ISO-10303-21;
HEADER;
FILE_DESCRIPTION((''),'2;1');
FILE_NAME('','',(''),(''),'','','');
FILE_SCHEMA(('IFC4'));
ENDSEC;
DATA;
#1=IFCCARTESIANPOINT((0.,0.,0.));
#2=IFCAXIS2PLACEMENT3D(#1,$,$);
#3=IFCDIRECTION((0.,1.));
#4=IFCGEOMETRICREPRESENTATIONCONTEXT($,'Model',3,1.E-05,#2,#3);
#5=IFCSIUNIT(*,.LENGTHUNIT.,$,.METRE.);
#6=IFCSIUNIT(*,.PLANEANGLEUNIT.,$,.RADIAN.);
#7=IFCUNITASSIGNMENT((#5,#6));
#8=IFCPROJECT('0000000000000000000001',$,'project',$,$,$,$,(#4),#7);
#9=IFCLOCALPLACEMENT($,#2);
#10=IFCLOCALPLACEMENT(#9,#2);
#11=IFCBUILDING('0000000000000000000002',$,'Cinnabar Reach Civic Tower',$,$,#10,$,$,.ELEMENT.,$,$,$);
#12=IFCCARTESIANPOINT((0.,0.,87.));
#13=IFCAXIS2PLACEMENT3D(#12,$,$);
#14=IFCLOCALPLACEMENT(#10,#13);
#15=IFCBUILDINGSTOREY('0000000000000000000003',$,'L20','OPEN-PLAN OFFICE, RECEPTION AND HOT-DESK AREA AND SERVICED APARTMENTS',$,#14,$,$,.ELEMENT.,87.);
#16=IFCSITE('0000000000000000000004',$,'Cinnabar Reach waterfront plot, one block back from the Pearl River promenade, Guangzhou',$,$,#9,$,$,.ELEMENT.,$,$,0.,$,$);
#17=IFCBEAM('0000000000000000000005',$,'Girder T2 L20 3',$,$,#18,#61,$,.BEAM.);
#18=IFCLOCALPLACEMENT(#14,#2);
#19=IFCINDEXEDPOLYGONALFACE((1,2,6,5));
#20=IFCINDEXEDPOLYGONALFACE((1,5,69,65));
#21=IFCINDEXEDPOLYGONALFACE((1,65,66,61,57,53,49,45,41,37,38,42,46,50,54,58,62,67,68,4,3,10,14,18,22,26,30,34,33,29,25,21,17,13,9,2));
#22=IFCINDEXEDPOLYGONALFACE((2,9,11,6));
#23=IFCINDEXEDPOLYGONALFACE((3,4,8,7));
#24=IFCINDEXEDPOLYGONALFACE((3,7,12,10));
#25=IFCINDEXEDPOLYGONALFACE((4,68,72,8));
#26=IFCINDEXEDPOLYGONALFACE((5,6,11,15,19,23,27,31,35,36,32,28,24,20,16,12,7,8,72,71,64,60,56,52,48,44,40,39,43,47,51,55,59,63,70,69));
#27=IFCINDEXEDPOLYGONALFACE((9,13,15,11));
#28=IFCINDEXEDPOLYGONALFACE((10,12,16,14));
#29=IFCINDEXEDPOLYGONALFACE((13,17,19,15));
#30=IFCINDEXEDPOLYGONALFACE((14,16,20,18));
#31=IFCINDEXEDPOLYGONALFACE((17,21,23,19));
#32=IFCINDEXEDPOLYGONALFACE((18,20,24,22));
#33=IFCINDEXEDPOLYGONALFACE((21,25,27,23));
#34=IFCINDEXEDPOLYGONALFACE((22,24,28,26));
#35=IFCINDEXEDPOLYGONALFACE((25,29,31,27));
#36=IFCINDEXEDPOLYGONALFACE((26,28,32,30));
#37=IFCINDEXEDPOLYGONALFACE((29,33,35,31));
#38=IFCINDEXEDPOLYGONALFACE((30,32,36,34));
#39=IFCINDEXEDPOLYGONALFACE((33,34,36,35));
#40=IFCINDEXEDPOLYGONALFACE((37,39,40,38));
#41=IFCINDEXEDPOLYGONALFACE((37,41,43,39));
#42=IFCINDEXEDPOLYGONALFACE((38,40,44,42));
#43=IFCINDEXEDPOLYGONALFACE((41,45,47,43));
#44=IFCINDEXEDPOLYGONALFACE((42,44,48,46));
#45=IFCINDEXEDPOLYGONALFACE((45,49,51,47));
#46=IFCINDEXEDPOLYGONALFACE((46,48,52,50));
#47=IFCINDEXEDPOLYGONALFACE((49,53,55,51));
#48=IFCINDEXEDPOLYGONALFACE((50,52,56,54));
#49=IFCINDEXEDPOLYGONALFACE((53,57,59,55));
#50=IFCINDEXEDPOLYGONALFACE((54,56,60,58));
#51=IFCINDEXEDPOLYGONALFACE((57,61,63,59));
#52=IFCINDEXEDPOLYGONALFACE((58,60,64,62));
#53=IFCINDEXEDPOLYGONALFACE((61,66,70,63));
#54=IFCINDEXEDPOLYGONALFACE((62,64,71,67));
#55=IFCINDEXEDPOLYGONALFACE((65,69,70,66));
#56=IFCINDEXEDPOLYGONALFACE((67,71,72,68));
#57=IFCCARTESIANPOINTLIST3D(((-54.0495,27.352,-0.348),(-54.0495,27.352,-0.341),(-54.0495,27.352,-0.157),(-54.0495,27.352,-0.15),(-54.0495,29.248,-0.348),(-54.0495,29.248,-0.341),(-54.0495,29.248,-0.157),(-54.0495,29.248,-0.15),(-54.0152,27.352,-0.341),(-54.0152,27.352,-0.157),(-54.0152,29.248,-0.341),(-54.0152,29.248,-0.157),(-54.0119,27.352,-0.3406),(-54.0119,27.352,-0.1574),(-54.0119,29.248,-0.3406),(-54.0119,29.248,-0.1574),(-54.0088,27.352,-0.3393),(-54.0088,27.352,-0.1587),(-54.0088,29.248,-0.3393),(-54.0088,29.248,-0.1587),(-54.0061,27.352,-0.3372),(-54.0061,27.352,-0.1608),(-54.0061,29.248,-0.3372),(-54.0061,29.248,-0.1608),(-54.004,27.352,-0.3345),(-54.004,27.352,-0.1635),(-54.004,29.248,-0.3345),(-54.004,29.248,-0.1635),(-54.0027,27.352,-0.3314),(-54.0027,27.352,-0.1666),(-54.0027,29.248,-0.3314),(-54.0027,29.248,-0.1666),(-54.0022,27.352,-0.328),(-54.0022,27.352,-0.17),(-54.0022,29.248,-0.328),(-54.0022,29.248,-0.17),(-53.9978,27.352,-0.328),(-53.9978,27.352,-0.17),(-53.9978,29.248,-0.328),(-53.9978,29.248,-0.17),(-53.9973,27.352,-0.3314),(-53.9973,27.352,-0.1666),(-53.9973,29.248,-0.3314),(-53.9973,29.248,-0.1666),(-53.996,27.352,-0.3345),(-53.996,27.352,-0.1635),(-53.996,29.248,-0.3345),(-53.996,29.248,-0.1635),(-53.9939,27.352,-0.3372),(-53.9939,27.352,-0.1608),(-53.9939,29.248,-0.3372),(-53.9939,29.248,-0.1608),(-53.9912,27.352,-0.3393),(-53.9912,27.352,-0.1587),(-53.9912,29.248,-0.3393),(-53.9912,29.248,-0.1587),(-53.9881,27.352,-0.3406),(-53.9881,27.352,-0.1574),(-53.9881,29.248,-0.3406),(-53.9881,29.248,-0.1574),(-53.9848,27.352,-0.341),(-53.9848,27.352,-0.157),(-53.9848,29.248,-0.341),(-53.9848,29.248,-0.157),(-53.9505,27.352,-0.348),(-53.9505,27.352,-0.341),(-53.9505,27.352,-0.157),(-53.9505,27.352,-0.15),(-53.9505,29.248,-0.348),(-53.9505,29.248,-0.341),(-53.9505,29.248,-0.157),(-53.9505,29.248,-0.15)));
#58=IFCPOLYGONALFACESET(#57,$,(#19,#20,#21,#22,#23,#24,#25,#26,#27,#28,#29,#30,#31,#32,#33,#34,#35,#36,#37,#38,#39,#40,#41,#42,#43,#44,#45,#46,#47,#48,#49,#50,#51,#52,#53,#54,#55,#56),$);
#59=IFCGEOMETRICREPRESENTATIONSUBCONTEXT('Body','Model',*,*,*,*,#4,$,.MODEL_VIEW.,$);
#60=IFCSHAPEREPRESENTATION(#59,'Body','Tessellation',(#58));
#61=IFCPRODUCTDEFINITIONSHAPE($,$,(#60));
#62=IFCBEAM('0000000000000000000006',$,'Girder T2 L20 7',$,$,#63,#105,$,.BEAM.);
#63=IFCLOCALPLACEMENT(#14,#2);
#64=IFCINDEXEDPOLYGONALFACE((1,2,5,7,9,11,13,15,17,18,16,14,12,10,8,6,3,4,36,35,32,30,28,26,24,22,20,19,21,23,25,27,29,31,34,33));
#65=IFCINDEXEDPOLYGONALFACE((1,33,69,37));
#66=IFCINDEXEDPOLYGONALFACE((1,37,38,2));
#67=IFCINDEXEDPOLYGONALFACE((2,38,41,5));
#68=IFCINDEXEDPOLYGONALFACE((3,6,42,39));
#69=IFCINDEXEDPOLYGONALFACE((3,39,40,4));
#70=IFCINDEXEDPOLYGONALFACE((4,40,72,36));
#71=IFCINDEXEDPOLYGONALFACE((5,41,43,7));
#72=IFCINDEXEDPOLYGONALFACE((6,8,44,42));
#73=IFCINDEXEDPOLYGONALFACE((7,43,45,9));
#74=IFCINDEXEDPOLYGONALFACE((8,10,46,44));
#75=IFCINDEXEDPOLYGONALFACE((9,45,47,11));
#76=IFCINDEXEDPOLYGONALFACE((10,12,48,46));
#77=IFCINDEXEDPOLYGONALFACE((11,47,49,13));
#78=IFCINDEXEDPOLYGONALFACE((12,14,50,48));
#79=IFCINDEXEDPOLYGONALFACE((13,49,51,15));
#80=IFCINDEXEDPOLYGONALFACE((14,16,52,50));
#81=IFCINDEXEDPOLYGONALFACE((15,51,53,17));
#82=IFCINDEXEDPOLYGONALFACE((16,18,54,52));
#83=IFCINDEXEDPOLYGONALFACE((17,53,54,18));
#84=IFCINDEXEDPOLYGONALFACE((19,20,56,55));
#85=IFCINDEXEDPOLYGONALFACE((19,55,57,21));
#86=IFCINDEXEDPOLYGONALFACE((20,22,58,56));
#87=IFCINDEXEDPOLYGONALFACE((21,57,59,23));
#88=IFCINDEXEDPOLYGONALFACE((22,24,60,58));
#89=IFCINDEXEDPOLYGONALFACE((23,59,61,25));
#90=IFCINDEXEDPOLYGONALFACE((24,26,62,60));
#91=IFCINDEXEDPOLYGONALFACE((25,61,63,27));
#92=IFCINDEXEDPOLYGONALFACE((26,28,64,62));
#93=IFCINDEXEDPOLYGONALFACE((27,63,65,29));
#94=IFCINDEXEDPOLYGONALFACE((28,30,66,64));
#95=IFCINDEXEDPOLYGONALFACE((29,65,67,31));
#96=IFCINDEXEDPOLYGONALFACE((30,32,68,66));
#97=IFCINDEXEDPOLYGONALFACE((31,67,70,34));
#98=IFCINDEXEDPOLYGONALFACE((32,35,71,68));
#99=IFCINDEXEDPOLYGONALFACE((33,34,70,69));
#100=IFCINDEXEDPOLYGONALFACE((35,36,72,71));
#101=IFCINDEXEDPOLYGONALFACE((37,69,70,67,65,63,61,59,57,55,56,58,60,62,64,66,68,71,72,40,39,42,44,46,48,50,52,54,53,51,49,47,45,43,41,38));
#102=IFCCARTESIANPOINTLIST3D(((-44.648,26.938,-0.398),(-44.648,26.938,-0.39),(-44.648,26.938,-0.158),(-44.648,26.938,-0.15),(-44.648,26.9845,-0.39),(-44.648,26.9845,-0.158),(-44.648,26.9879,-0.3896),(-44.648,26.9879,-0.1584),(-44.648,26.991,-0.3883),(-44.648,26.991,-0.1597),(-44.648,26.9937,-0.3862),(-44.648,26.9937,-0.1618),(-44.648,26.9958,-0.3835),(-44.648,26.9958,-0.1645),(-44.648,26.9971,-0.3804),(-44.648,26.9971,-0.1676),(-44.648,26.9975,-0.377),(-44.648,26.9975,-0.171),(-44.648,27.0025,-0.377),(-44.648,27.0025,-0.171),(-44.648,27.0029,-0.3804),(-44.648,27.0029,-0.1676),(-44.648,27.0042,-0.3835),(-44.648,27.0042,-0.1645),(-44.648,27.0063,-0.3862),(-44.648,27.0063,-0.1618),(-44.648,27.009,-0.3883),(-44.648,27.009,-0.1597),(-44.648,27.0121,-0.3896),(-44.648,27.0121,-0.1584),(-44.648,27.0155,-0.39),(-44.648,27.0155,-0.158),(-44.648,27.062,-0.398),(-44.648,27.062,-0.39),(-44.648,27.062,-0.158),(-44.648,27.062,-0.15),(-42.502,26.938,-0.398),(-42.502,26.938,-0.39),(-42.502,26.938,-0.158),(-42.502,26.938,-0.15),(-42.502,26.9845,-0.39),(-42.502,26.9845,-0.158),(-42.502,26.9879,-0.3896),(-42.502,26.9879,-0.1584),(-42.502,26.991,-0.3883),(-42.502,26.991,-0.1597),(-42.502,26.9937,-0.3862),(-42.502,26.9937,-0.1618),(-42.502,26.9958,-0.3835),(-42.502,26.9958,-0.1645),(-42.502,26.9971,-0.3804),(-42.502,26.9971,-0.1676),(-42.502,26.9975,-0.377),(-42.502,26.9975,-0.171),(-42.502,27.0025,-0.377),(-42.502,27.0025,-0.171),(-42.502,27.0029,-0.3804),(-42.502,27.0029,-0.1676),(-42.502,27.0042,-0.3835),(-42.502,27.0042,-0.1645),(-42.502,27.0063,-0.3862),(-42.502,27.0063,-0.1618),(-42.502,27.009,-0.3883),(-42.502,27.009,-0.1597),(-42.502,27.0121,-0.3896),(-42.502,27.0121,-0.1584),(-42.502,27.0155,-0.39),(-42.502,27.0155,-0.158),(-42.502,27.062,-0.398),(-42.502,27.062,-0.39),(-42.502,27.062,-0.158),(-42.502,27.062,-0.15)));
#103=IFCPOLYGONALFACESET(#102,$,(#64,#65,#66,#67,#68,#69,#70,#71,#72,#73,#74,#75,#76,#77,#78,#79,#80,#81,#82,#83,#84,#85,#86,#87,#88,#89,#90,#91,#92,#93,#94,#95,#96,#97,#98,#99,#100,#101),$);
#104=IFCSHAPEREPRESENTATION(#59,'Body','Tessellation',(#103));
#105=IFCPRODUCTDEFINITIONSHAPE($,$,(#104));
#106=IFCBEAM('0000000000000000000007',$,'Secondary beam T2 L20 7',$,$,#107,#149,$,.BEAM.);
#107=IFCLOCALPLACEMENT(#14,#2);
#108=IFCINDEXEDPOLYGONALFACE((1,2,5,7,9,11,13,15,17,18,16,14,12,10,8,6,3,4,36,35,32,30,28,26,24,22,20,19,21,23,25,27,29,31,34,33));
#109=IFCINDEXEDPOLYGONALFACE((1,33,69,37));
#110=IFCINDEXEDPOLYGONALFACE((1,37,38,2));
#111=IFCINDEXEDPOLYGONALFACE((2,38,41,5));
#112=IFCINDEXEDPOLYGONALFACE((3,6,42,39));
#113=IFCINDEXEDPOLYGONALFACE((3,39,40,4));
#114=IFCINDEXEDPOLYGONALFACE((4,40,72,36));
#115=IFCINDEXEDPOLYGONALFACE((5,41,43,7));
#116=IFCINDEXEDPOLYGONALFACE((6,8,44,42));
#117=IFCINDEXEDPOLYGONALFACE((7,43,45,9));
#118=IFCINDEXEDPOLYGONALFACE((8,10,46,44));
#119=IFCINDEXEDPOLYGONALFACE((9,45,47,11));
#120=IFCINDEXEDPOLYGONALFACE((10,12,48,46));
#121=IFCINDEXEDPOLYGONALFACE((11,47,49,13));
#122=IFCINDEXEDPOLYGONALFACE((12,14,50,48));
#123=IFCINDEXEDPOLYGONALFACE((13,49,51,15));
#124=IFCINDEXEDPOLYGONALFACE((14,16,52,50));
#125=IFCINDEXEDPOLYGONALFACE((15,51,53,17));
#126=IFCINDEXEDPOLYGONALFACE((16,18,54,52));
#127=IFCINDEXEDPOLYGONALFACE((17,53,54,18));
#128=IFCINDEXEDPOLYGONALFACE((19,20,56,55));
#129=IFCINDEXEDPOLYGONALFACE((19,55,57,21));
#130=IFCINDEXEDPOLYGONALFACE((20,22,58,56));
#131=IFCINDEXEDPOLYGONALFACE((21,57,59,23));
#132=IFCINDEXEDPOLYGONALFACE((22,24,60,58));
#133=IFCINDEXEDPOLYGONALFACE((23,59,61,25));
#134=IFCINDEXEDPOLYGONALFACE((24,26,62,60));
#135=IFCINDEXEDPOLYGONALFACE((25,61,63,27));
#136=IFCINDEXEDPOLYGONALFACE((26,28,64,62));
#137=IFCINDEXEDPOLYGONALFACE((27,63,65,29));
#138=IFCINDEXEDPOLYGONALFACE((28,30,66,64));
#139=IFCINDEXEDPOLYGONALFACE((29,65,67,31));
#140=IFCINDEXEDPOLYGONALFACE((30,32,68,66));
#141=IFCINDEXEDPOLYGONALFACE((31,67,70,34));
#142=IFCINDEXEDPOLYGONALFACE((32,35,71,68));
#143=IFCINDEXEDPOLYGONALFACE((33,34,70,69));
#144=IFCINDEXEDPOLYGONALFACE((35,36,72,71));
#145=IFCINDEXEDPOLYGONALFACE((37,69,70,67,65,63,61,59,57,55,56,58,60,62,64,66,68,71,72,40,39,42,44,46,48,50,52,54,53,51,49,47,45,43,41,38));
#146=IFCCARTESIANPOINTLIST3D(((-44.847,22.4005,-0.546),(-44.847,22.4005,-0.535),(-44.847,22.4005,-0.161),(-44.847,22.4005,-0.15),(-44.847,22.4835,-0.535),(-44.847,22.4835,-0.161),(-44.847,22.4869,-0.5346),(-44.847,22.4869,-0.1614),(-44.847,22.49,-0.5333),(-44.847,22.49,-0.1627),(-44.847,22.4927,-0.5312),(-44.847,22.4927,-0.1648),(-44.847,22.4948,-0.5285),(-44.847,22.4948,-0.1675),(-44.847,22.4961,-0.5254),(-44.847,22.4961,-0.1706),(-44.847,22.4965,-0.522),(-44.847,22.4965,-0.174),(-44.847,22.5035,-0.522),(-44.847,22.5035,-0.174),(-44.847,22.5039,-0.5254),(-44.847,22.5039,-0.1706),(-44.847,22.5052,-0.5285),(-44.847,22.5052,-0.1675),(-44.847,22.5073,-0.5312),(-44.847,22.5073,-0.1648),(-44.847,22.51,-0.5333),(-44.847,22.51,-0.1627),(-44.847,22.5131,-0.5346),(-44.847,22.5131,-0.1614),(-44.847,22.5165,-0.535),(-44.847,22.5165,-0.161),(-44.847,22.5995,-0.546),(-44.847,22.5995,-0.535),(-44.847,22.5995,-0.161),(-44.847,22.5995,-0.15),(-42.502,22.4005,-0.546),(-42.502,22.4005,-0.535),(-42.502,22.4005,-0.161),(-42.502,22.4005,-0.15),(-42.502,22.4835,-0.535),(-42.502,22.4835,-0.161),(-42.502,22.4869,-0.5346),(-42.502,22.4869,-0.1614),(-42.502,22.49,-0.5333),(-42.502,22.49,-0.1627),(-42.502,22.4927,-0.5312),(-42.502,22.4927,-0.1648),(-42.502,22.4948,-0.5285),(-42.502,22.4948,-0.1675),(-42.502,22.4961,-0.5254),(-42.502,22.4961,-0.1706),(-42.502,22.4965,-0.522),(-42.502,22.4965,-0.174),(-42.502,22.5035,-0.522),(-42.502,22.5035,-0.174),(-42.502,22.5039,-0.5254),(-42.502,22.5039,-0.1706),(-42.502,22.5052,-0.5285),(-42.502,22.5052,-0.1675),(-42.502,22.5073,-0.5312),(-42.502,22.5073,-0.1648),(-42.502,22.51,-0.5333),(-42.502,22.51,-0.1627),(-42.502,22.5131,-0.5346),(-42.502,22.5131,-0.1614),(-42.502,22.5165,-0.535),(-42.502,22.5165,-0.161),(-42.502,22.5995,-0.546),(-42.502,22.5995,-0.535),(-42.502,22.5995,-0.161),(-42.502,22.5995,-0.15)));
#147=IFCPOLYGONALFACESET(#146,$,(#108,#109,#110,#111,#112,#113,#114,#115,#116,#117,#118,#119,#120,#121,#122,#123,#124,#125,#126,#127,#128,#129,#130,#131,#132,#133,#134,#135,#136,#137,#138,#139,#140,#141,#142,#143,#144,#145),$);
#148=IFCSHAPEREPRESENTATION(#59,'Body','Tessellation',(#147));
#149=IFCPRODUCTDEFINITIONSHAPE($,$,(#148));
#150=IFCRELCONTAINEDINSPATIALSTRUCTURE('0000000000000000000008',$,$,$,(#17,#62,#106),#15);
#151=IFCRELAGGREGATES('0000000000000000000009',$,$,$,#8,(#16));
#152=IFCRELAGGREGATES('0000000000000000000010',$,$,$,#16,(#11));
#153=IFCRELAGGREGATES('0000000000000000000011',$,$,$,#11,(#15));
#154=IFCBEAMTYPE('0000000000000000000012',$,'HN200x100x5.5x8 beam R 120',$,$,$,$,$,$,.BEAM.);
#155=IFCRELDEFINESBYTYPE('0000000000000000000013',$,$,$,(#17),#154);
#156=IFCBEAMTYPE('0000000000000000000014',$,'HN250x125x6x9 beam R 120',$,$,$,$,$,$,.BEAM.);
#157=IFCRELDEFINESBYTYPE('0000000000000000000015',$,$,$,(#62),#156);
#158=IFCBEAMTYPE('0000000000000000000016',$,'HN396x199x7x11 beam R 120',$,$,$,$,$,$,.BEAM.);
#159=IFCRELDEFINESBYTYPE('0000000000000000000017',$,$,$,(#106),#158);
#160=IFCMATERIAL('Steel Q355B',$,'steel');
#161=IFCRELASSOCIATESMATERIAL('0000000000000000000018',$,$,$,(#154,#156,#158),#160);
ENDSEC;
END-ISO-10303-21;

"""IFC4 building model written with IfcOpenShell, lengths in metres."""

from ifc_helpers import new_model, si_unit, direction, frame, origin, origin_2d, place, context, subcontext, project, spatial, i_section, extrude, material, material_profile, profile_set, type_object, element, save


model = new_model("IFC4")

# Units and contexts
model_context = context("Model", 3, precision=1e-05, world=origin(), true_north=direction((0.0, 1.0)))
body_context = subcontext(model_context, "Body", "Model", "MODEL_VIEW")
ifc_project = project(units=[si_unit("LENGTHUNIT", "METRE"), si_unit("PLANEANGLEUNIT", "RADIAN")], contexts=[model_context])

# Site, building, storey
site_placement = place(None, origin())
site = spatial("IfcSite", under=ifc_project, at=site_placement, Name="Cinnabar Reach waterfront plot, one block back from the Pearl River promenade, Guangzhou", CompositionType="ELEMENT", RefElevation=0.0)
building_placement = place(site_placement, origin())
building = spatial("IfcBuilding", under=site, at=building_placement, Name="Cinnabar Reach Civic Tower", CompositionType="ELEMENT")
storey_placement = place(building_placement, frame((0.0, 0.0, 87.0)))
storey = spatial("IfcBuildingStorey", under=building, at=storey_placement, Name="L20", Description="OPEN-PLAN OFFICE, RECEPTION AND HOT-DESK AREA AND SERVICED APARTMENTS", CompositionType="ELEMENT", Elevation=87.0)

# Beams
ifc_material_1 = material(Name="Steel Q355B", Category="steel")
ifc_material_profile_1 = material_profile(ifc_material_1, i_section(OverallWidth=0.099, OverallDepth=0.198, WebThickness=0.0045, FlangeThickness=0.007, FilletRadius=0.013, at=origin_2d()), Name="HN200x100x5.5x8")
ifc_profile_set_1 = profile_set([ifc_material_profile_1], Name="Steel Q355B")
beam_type_1 = type_object("IfcBeamType", Name="HN200x100x5.5x8 beam R 120", PredefinedType="BEAM", material=ifc_profile_set_1)
beam_1_placement = place(storey_placement, frame((-54.0, 27.352, -0.249), z_axis=(0.0, 1.0, 0.0), x_axis=(-1.0, 0.0, 0.0)))
element("IfcBeam", 1, at=beam_1_placement, inside=storey, type_object=beam_type_1, Name="Girder T2 L20 3", PredefinedType="BEAM", context=body_context, shape_type="SweptSolid", body=[
    extrude(i_section(OverallWidth=0.099, OverallDepth=0.198, WebThickness=0.0045, FlangeThickness=0.007, FilletRadius=0.013, at=origin_2d()), origin(), (0.0, 0.0, 1.0), 1.896),
])
ifc_material_profile_2 = material_profile(ifc_material_1, i_section(OverallWidth=0.124, OverallDepth=0.248, WebThickness=0.005, FlangeThickness=0.008, FilletRadius=0.013, at=origin_2d()), Name="HN250x125x6x9")
ifc_profile_set_2 = profile_set([ifc_material_profile_2], Name="Steel Q355B")
beam_type_2 = type_object("IfcBeamType", Name="HN250x125x6x9 beam R 120", PredefinedType="BEAM", material=ifc_profile_set_2)
beam_2_placement = place(storey_placement, frame((-44.648, 27.0, -0.274), z_axis=(1.0, 0.0, 0.0), x_axis=(0.0, 1.0, 0.0)))
element("IfcBeam", 2, at=beam_2_placement, inside=storey, type_object=beam_type_2, Name="Girder T2 L20 7", PredefinedType="BEAM", context=body_context, shape_type="SweptSolid", body=[
    extrude(i_section(OverallWidth=0.124, OverallDepth=0.248, WebThickness=0.005, FlangeThickness=0.008, FilletRadius=0.013, at=origin_2d()), origin(), (0.0, 0.0, 1.0), 2.146),
])
ifc_material_profile_3 = material_profile(ifc_material_1, i_section(OverallWidth=0.199, OverallDepth=0.396, WebThickness=0.007, FlangeThickness=0.011, FilletRadius=0.013, at=origin_2d()), Name="HN396x199x7x11")
ifc_profile_set_3 = profile_set([ifc_material_profile_3], Name="Steel Q355B")
beam_type_3 = type_object("IfcBeamType", Name="HN396x199x7x11 beam R 120", PredefinedType="BEAM", material=ifc_profile_set_3)
beam_3_placement = place(storey_placement, frame((-44.847, 22.5, -0.348), z_axis=(1.0, 0.0, 0.0), x_axis=(0.0, 1.0, 0.0)))
element("IfcBeam", 3, at=beam_3_placement, inside=storey, type_object=beam_type_3, Name="Secondary beam T2 L20 7", PredefinedType="BEAM", context=body_context, shape_type="SweptSolid", body=[
    extrude(i_section(OverallWidth=0.199, OverallDepth=0.396, WebThickness=0.007, FlangeThickness=0.011, FilletRadius=0.013, at=origin_2d()), origin(), (0.0, 0.0, 1.0), 2.345),
])

save(model, "model.ifc")
